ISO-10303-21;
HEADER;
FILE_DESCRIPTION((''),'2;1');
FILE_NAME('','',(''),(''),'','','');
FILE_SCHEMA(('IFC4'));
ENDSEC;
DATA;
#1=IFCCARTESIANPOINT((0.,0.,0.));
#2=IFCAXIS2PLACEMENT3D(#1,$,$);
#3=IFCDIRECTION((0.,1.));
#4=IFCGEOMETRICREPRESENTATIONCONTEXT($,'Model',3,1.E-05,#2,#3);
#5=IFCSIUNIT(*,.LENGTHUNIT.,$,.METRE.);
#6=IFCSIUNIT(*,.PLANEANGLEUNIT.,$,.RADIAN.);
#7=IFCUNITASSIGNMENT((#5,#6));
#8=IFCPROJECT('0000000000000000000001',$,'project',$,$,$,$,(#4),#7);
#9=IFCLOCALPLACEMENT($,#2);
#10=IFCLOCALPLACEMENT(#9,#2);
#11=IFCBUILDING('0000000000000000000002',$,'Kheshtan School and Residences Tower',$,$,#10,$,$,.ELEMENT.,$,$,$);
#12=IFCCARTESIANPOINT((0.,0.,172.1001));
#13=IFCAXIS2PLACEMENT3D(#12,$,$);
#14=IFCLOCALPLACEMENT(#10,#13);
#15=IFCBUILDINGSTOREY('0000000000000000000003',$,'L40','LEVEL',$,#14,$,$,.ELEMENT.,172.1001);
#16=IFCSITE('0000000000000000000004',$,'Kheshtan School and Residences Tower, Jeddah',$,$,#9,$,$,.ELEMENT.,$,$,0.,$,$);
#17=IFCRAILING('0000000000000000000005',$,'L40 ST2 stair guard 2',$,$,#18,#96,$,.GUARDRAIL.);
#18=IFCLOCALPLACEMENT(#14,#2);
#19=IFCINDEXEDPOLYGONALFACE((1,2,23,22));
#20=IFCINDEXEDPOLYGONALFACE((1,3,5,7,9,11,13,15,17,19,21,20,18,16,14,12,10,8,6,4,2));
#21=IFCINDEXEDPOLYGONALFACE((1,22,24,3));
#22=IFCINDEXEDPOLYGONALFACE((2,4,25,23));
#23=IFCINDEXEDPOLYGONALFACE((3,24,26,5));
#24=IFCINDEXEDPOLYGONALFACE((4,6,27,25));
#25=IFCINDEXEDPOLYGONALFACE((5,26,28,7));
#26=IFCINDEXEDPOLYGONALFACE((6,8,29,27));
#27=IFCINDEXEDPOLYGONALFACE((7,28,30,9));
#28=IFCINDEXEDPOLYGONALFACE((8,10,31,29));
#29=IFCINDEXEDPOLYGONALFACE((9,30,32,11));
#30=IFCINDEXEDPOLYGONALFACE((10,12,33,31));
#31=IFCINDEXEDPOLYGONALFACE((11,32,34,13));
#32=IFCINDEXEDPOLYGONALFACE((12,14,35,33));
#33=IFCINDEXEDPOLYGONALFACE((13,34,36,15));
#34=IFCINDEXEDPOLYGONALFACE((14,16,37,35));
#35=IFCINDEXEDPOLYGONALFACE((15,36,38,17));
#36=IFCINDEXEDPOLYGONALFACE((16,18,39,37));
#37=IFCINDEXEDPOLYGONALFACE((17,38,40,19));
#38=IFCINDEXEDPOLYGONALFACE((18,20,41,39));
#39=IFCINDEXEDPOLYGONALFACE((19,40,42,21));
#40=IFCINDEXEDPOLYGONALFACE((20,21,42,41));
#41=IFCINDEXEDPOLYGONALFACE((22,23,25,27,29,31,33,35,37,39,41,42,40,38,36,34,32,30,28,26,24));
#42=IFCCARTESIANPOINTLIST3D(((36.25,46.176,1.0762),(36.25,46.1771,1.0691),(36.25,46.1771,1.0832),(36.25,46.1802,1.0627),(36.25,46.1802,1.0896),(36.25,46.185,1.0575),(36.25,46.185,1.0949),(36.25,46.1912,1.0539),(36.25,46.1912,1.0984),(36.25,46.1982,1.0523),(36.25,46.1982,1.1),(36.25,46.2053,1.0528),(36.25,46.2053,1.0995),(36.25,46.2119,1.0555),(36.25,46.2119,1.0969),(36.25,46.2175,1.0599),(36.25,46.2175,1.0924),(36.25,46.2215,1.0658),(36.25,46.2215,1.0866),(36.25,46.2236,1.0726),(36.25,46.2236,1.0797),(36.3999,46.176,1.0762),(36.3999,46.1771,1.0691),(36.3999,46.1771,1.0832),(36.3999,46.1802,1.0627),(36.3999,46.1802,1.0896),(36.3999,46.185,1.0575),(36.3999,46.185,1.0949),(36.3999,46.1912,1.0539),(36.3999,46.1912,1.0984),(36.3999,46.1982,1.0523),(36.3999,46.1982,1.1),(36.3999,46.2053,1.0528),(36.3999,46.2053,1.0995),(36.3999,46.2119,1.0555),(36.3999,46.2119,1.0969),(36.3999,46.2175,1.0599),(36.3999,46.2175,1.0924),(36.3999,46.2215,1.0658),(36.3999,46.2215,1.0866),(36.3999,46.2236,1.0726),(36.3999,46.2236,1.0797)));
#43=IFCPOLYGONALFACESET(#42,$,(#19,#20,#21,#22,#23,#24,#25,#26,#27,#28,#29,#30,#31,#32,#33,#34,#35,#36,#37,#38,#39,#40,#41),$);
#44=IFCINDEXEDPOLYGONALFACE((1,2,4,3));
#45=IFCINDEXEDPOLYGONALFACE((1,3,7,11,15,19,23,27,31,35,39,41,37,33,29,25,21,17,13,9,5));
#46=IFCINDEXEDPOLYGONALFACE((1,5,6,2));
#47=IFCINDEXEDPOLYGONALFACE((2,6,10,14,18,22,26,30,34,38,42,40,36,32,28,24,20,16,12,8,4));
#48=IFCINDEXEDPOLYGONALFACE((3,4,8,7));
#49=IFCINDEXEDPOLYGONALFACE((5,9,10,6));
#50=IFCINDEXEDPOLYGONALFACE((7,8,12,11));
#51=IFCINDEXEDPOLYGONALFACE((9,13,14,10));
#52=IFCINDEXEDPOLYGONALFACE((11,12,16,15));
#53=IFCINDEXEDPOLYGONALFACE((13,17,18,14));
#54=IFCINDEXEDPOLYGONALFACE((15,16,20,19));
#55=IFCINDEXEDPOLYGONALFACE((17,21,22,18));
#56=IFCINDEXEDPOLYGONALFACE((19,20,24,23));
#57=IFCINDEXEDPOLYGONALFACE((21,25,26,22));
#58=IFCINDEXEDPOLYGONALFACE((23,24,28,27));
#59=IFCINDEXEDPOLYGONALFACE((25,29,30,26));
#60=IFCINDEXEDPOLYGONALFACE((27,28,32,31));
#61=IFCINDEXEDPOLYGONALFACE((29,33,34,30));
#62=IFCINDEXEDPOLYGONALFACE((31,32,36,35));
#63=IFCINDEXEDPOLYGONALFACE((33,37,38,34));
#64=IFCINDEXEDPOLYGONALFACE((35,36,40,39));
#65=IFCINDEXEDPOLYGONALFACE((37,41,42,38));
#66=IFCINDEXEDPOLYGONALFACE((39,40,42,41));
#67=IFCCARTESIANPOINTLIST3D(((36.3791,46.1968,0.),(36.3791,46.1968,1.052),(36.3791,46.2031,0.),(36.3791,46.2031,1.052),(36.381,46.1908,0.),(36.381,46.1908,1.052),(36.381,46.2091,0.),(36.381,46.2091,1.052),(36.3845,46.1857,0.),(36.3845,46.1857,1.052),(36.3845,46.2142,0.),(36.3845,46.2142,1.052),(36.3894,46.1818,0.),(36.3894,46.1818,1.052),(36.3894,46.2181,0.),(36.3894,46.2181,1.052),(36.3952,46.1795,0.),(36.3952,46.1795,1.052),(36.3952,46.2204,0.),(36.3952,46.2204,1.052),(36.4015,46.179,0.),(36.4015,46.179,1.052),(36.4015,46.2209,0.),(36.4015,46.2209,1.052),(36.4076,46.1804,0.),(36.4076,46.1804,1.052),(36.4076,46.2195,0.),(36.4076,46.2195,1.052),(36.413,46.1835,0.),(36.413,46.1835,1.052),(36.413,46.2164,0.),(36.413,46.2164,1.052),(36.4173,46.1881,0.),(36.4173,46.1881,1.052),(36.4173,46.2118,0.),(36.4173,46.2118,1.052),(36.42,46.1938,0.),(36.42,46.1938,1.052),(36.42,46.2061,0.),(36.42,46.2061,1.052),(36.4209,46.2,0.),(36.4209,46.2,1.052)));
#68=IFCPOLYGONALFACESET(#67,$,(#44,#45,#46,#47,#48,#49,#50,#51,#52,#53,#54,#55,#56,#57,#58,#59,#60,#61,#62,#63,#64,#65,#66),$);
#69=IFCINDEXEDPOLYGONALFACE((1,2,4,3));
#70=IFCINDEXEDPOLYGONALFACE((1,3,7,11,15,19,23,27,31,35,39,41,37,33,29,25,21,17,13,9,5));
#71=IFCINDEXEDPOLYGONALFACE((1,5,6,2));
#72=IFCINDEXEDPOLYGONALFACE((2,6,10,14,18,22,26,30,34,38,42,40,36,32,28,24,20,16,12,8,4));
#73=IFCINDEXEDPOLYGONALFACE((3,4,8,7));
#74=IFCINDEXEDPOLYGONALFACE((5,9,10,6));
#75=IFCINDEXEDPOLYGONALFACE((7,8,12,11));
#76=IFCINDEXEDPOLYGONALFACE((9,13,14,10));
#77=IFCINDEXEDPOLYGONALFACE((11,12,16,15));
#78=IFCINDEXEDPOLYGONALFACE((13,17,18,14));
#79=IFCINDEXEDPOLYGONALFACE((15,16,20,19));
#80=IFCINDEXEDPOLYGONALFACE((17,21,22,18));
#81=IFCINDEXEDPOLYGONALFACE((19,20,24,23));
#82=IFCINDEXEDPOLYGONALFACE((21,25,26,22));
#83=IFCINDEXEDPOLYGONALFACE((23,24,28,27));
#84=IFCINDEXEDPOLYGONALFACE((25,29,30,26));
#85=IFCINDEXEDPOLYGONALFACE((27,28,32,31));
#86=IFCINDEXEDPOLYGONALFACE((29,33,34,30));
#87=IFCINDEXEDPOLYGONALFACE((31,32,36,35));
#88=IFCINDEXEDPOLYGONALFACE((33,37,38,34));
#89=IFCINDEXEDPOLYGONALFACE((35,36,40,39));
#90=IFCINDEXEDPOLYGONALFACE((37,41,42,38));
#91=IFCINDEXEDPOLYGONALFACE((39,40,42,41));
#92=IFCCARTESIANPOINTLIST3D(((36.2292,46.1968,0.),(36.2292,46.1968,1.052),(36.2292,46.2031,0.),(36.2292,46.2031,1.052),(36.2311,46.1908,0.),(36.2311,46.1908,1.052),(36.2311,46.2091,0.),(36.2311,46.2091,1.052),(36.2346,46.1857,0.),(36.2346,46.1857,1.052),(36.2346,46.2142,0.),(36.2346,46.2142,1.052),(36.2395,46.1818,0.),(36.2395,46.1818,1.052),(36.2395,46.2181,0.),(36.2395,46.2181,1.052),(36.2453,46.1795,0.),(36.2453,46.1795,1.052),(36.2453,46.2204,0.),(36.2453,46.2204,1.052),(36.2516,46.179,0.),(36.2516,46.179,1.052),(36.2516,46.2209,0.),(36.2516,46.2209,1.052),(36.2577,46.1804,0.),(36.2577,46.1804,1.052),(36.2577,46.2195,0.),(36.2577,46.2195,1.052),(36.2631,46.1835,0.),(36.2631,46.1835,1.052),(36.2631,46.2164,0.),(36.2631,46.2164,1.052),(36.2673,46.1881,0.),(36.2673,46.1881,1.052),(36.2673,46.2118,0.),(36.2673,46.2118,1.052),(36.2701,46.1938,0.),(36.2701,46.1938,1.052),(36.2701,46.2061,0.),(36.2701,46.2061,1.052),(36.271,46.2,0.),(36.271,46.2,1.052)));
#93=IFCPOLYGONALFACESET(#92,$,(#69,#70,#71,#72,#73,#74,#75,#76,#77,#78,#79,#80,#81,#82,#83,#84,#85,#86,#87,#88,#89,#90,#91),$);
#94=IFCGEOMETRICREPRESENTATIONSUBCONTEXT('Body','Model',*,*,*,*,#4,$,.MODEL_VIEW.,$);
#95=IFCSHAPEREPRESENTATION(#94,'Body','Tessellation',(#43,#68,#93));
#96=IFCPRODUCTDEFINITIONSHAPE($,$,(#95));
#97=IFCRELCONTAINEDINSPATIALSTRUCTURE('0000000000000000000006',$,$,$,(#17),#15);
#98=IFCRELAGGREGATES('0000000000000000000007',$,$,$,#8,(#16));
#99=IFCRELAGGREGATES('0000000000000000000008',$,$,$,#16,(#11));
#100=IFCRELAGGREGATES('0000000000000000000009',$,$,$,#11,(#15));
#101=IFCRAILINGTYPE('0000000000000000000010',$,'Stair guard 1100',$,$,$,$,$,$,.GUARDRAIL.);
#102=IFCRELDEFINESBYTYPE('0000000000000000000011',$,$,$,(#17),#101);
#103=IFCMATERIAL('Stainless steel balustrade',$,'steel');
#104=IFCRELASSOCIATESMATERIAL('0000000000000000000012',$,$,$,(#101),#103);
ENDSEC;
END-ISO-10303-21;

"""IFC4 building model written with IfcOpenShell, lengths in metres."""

from ifc_helpers import new_model, si_unit, direction, frame, origin, origin_2d, place, context, subcontext, project, spatial, circle, extrude, material, type_object, element, save


model = new_model("IFC4")

# Units and contexts
model_context = context("Model", 3, precision=1e-05, world=origin(), true_north=direction((0.0, 1.0)))
body_context = subcontext(model_context, "Body", "Model", "MODEL_VIEW")
ifc_project = project(units=[si_unit("LENGTHUNIT", "METRE"), si_unit("PLANEANGLEUNIT", "RADIAN")], contexts=[model_context])

# Site, building, storey
site_placement = place(None, origin())
site = spatial("IfcSite", under=ifc_project, at=site_placement, Name="Kheshtan School and Residences Tower, Jeddah", CompositionType="ELEMENT", RefElevation=0.0)
building_placement = place(site_placement, origin())
building = spatial("IfcBuilding", under=site, at=building_placement, Name="Kheshtan School and Residences Tower", CompositionType="ELEMENT")
storey_placement = place(building_placement, frame((0.0, 0.0, 172.1001)))
storey = spatial("IfcBuildingStorey", under=building, at=storey_placement, Name="L40", Description="LEVEL", CompositionType="ELEMENT", Elevation=172.1001)

# Railing
ifc_material_1 = material(Name="Stainless steel balustrade", Category="steel")
railing_type_1 = type_object("IfcRailingType", Name="Stair guard 1100", PredefinedType="GUARDRAIL", material=ifc_material_1)
railing_1_placement = place(storey_placement, frame((36.3999, 46.2, 0.0)))
element("IfcRailing", 1, at=railing_1_placement, inside=storey, type_object=railing_type_1, Name="L40 ST2 stair guard 2", PredefinedType="GUARDRAIL", context=body_context, shape_type="SweptSolid", body=[
    extrude(circle(Radius=0.0239, at=origin_2d()), frame((0.0, 0.0, 1.0762), z_axis=(-1.0, 0.0, 0.0), x_axis=(0.0, -1.0, 0.0)), (0.0, 0.0, 1.0), 0.1499),
    extrude(circle(Radius=0.021, at=origin_2d()), origin(), (0.0, 0.0, 1.0), 1.052),
    extrude(circle(Radius=0.021, at=origin_2d()), frame((-0.1499, 0.0, 0.0)), (0.0, 0.0, 1.0), 1.052),
])

save(model, "model.ifc")
